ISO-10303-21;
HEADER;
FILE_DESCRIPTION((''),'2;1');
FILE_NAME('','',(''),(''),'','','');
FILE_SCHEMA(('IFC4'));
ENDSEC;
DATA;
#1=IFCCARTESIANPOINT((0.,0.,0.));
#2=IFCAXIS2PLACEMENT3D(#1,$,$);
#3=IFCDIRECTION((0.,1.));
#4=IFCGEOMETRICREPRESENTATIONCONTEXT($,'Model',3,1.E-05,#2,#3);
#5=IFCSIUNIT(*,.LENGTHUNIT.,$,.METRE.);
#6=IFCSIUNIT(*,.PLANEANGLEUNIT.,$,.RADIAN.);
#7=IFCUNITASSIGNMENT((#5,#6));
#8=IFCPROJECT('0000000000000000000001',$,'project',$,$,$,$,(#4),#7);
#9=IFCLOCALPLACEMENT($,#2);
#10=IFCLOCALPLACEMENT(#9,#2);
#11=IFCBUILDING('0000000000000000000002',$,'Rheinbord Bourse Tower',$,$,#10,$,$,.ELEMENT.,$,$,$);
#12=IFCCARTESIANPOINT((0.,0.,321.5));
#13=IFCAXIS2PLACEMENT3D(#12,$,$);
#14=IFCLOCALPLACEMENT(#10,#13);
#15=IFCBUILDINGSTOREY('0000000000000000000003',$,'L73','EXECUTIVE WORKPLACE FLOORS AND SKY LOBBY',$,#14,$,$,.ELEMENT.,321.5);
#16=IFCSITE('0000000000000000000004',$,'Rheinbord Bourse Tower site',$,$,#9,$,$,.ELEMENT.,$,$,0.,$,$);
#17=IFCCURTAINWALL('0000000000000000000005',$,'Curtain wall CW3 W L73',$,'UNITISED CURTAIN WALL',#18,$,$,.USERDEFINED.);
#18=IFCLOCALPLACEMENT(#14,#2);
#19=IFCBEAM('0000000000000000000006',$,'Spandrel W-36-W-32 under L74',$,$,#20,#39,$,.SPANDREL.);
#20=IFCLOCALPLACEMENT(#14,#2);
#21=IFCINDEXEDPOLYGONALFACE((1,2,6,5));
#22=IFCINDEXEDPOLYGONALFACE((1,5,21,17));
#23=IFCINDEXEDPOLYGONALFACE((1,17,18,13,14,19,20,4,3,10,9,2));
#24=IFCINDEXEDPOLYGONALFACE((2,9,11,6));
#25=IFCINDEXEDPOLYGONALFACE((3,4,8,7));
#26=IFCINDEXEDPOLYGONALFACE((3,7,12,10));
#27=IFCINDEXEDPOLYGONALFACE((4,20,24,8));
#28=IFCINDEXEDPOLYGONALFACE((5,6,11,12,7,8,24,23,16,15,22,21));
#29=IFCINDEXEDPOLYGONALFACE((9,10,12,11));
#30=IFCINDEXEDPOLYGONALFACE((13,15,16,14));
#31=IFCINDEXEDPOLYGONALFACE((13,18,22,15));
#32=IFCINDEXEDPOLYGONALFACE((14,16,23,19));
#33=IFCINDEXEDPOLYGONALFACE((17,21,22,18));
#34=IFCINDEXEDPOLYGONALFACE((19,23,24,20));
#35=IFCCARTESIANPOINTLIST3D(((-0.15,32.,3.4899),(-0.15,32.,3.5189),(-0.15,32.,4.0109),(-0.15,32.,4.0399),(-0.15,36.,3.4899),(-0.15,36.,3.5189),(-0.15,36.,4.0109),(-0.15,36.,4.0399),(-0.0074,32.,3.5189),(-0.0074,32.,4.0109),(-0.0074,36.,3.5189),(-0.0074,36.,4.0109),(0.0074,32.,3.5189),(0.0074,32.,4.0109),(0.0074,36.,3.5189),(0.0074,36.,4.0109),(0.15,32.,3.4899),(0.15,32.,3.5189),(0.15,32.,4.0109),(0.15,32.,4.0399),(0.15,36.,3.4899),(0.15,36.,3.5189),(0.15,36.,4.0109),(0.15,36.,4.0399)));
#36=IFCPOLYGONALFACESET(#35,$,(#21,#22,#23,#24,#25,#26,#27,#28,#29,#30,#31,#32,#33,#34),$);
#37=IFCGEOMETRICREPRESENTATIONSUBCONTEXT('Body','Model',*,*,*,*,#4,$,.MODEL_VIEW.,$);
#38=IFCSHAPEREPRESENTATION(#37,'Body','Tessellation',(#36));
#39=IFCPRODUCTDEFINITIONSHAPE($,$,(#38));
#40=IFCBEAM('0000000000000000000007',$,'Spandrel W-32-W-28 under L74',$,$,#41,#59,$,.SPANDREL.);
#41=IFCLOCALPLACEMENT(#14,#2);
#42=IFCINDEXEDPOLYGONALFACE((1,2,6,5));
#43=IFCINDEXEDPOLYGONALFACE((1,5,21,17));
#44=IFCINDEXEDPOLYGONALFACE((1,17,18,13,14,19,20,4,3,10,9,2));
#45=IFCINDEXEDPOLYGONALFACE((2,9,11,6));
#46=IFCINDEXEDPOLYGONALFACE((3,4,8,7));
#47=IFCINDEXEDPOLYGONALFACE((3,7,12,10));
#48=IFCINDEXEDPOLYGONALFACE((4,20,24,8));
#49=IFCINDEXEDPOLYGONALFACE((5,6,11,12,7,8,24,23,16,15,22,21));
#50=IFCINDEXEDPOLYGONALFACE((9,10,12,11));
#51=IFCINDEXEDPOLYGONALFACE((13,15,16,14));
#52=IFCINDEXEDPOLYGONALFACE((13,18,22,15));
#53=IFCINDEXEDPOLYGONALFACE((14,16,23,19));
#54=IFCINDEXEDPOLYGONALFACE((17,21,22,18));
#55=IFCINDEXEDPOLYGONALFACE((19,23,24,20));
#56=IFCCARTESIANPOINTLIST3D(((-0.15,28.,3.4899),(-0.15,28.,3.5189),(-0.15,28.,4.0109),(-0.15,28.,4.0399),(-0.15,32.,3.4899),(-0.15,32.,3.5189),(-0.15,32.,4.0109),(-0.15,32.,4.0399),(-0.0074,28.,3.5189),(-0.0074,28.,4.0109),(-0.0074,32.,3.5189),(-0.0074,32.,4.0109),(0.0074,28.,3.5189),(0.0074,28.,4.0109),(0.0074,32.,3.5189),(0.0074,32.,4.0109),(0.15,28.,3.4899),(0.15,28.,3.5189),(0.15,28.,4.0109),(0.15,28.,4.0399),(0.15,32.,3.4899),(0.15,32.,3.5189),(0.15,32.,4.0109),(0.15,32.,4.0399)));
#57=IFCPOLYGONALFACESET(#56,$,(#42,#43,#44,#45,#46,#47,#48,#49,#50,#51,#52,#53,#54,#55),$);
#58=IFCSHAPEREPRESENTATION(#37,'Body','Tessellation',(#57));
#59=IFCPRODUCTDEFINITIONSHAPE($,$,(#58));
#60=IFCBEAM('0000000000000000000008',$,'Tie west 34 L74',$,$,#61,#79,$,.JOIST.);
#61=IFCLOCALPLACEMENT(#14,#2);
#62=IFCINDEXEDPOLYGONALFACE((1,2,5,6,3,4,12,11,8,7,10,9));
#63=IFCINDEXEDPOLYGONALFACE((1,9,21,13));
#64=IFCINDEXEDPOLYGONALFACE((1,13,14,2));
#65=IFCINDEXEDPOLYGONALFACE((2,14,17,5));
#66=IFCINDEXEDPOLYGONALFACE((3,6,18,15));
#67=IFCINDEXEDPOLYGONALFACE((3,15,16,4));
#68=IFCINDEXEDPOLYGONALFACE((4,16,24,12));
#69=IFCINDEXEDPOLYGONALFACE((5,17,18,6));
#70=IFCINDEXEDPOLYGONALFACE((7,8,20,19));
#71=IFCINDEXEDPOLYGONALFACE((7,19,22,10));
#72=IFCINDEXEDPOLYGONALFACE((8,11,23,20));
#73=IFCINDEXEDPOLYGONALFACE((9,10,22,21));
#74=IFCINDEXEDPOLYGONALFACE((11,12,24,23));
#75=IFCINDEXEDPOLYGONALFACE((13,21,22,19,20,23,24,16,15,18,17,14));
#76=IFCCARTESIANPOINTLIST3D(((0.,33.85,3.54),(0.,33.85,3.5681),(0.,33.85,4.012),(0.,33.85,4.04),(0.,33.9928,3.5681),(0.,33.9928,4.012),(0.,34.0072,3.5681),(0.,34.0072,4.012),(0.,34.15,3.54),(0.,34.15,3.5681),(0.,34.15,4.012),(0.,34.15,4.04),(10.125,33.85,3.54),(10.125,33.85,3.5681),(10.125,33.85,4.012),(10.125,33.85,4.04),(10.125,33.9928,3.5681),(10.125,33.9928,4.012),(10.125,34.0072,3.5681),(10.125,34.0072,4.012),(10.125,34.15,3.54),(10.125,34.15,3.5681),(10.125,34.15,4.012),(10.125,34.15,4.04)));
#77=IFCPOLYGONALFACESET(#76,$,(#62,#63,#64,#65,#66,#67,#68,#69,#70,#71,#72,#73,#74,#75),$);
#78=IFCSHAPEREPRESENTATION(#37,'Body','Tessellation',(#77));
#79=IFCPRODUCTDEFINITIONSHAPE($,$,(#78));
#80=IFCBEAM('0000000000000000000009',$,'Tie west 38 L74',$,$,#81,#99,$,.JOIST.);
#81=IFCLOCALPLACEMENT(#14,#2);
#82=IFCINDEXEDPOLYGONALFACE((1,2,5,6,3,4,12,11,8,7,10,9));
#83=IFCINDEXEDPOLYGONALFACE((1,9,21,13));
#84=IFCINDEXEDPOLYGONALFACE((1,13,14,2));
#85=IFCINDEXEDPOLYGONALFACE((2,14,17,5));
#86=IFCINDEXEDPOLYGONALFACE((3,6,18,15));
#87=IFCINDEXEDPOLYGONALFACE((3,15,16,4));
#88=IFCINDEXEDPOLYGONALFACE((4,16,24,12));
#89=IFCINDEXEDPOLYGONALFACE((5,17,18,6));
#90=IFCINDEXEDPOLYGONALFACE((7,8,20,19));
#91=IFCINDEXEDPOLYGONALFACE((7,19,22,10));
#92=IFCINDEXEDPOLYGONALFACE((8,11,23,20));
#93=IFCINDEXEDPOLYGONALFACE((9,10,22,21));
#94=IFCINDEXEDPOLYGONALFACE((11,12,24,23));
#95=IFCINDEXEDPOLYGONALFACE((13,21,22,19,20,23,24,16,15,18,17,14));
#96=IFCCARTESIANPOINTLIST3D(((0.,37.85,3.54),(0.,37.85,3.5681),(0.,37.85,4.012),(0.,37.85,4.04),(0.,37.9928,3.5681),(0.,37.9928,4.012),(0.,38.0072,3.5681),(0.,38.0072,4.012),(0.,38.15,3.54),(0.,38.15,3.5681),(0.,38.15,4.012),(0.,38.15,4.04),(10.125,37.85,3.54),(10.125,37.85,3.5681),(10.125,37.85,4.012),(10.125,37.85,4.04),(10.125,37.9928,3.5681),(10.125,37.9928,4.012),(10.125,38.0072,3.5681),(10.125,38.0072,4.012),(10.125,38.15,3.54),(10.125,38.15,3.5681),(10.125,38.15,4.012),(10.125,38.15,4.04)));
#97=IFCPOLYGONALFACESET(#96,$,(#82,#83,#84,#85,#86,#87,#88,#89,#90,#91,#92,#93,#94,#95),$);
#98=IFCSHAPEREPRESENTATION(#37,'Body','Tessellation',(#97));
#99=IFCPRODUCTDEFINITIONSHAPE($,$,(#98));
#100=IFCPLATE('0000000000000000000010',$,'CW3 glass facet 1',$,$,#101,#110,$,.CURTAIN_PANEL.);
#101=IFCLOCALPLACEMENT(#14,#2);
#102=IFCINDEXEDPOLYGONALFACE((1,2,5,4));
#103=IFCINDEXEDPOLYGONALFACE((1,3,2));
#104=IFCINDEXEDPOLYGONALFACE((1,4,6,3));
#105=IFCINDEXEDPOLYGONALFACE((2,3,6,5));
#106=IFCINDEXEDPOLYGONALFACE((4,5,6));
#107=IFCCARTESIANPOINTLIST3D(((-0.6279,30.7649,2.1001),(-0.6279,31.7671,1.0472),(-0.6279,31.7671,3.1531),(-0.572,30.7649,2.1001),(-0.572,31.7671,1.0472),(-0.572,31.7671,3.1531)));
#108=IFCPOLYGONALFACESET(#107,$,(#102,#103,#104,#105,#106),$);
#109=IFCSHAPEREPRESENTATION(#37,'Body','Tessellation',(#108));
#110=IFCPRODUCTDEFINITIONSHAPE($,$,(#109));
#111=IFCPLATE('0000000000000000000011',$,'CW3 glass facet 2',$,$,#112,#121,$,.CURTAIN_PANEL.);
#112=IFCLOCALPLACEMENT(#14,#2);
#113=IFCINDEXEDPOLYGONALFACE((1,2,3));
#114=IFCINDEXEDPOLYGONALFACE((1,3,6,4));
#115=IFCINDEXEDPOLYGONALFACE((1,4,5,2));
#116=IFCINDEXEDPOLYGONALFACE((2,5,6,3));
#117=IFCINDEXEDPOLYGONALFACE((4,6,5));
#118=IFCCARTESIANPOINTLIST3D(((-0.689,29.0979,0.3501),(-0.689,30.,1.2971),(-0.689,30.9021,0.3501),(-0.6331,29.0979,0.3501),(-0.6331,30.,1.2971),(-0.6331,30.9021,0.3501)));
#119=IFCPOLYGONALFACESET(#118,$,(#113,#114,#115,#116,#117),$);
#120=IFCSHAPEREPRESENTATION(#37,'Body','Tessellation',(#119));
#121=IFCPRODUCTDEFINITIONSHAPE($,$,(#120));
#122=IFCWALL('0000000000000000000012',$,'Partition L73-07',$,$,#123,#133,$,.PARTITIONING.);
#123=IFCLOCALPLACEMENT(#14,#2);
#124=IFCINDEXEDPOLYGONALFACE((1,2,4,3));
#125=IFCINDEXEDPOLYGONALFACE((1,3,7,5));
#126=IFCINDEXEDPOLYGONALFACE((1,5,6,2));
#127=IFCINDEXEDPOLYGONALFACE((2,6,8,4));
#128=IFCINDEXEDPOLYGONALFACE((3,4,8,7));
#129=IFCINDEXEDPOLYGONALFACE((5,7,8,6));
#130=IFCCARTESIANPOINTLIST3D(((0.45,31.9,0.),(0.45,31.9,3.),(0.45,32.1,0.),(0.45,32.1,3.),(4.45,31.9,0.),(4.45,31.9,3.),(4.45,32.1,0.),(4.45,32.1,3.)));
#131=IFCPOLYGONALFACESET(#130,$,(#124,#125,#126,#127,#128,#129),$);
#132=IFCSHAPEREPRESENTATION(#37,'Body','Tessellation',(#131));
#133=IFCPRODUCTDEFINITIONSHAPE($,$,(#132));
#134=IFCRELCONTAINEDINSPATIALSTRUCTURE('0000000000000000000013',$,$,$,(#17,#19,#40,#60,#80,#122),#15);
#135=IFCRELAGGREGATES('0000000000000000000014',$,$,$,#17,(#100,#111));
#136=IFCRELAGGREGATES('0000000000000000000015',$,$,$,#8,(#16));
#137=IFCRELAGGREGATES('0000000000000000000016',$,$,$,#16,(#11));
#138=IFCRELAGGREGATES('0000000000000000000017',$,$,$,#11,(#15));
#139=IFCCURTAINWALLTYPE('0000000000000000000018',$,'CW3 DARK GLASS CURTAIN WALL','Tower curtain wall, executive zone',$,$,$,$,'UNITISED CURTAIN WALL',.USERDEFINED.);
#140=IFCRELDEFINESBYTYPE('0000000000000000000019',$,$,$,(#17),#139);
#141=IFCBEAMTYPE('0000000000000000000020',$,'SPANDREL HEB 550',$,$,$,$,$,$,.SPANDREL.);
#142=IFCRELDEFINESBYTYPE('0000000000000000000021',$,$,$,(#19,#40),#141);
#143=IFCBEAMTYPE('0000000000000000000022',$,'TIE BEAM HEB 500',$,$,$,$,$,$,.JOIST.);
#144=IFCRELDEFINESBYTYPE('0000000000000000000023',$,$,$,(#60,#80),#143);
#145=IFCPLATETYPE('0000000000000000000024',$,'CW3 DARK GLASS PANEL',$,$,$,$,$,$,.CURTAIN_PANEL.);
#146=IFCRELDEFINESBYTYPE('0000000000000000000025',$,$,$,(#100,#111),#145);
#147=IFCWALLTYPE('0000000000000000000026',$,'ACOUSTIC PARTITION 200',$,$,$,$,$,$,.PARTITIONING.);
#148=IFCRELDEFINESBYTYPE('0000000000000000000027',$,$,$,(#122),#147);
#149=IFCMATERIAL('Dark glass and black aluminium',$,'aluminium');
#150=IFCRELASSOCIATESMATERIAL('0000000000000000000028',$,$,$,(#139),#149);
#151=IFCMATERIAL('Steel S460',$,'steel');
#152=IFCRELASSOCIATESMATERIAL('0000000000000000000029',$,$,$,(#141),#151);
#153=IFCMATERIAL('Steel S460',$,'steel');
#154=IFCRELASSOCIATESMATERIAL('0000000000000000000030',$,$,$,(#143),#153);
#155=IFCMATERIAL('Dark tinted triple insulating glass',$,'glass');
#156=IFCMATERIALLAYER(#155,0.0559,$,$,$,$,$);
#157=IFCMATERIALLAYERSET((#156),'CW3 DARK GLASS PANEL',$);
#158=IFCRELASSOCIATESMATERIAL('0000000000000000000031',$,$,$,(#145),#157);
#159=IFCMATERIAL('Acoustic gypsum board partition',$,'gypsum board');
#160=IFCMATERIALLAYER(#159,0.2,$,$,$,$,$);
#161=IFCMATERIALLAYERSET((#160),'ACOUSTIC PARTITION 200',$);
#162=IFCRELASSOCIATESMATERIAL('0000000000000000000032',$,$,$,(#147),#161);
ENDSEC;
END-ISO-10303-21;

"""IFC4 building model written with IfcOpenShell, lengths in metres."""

from ifc_helpers import new_model, si_unit, direction, frame, frame_2d, origin, origin_2d, place, context, subcontext, project, spatial, polyline, rectangle, i_section, outline, extrude, material, layer, layer_set, material_profile, profile_set, type_object, element, aggregate, save


model = new_model("IFC4")

# Units and contexts
model_context = context("Model", 3, precision=1e-05, world=origin(), true_north=direction((0.0, 1.0)))
body_context = subcontext(model_context, "Body", "Model", "MODEL_VIEW")
ifc_project = project(units=[si_unit("LENGTHUNIT", "METRE"), si_unit("PLANEANGLEUNIT", "RADIAN")], contexts=[model_context])

# Site, building, storey
site_placement = place(None, origin())
site = spatial("IfcSite", under=ifc_project, at=site_placement, Name="Rheinbord Bourse Tower site", CompositionType="ELEMENT", RefElevation=0.0)
building_placement = place(site_placement, origin())
building = spatial("IfcBuilding", under=site, at=building_placement, Name="Rheinbord Bourse Tower", CompositionType="ELEMENT")
storey_placement = place(building_placement, frame((0.0, 0.0, 321.5)))
storey = spatial("IfcBuildingStorey", under=building, at=storey_placement, Name="L73", Description="EXECUTIVE WORKPLACE FLOORS AND SKY LOBBY", CompositionType="ELEMENT", Elevation=321.5)

# Curtain wall
ifc_material_1 = material(Name="Dark glass and black aluminium", Category="aluminium")
curtain_wall_type = type_object("IfcCurtainWallType", Name="CW3 DARK GLASS CURTAIN WALL", Description="Tower curtain wall, executive zone", ElementType="UNITISED CURTAIN WALL", PredefinedType="USERDEFINED", material=ifc_material_1)
curtain_wall_placement = place(storey_placement, origin())
curtain_wall = element("IfcCurtainWall", 1, at=curtain_wall_placement, inside=storey, type_object=curtain_wall_type, Name="Curtain wall CW3 W L73", ObjectType="UNITISED CURTAIN WALL", PredefinedType="USERDEFINED")

# Beams
ifc_material_2 = material(Name="Steel S460", Category="steel")
ifc_material_profile_1 = material_profile(ifc_material_2, i_section(OverallWidth=0.3, OverallDepth=0.55, WebThickness=0.0149, FlangeThickness=0.0291, at=origin_2d()), Name="HEB 550")
ifc_profile_set_1 = profile_set([ifc_material_profile_1], Name="Steel S460")
beam_type_1 = type_object("IfcBeamType", Name="SPANDREL HEB 550", PredefinedType="SPANDREL", material=ifc_profile_set_1)
for number, where, z_axis, x_axis, name in (
    (2, (0.0, 36.0, 3.7649), (0.0, -1.0, 0.0), (1.0, 0.0, 0.0), "Spandrel W-36-W-32 under L74"),
    (3, (0.0, 32.0, 3.7649), (0.0, -1.0, 0.0), (1.0, 0.0, 0.0), "Spandrel W-32-W-28 under L74"),
):
    element("IfcBeam", number, at=place(storey_placement, frame(where, z_axis=z_axis, x_axis=x_axis)), inside=storey, type_object=beam_type_1, Name=name, PredefinedType="SPANDREL", context=body_context, shape_type="SweptSolid", body=[
        extrude(i_section(OverallWidth=0.3, OverallDepth=0.55, WebThickness=0.0149, FlangeThickness=0.0291, at=origin_2d()), origin(), (0.0, 0.0, 1.0), 4.0),
    ])
ifc_material_3 = material(Name="Steel S460", Category="steel")
ifc_material_profile_2 = material_profile(ifc_material_3, i_section(OverallWidth=0.3, OverallDepth=0.5, WebThickness=0.0144, FlangeThickness=0.0281, at=origin_2d()), Name="HEB 500")
ifc_profile_set_2 = profile_set([ifc_material_profile_2], Name="Steel S460")
beam_type_2 = type_object("IfcBeamType", Name="TIE BEAM HEB 500", PredefinedType="JOIST", material=ifc_profile_set_2)
for number, where, z_axis, x_axis, name in (
    (4, (0.0, 34.0, 3.79), (1.0, 0.0, 0.0), (0.0, 1.0, 0.0), "Tie west 34 L74"),
    (5, (0.0, 38.0, 3.79), (1.0, 0.0, 0.0), (0.0, 1.0, 0.0), "Tie west 38 L74"),
):
    element("IfcBeam", number, at=place(storey_placement, frame(where, z_axis=z_axis, x_axis=x_axis)), inside=storey, type_object=beam_type_2, Name=name, PredefinedType="JOIST", context=body_context, shape_type="SweptSolid", body=[
        extrude(i_section(OverallWidth=0.3, OverallDepth=0.5, WebThickness=0.0144, FlangeThickness=0.0281, at=origin_2d()), origin(), (0.0, 0.0, 1.0), 10.125),
    ])

# Plates
ifc_material_4 = material(Name="Dark tinted triple insulating glass", Category="glass")
ifc_layer_1 = layer(ifc_material_4, 0.0559)
ifc_layer_set_1 = layer_set([ifc_layer_1], Name="CW3 DARK GLASS PANEL")
plate_type = type_object("IfcPlateType", Name="CW3 DARK GLASS PANEL", PredefinedType="CURTAIN_PANEL", material=ifc_layer_set_1)
plate_1_placement = place(storey_placement, frame((-0.6279, 31.7671, 3.1531), z_axis=(1.0, 0.0, 0.0), x_axis=(0.0, -0.689424, -0.724358)))
plate_1 = element("IfcPlate", 6, at=plate_1_placement, type_object=plate_type, Name="CW3 glass facet 1", PredefinedType="CURTAIN_PANEL", context=body_context, shape_type="SweptSolid", body=[
    extrude(outline(polyline([(0.0, 0.0), (1.4536, 0.0), (1.5254, 1.4519), (0.0, 0.0)])), origin(), (0.0, 0.0, 1.0), 0.0559),
])
plate_2_placement = place(storey_placement, frame((-0.689, 30.9021, 0.3501), z_axis=(1.0, 0.0, 0.0), x_axis=(0.0, -0.689725, 0.724071)))
plate_2 = element("IfcPlate", 7, at=plate_2_placement, type_object=plate_type, Name="CW3 glass facet 2", PredefinedType="CURTAIN_PANEL", context=body_context, shape_type="SweptSolid", body=[
    extrude(outline(polyline([(0.0, 0.0), (1.3079, 0.0), (1.2444, 1.3064), (0.0, 0.0)])), origin(), (0.0, 0.0, 1.0), 0.0559),
])
aggregate(curtain_wall, [plate_1, plate_2])

# Wall
ifc_material_5 = material(Name="Acoustic gypsum board partition", Category="gypsum board")
ifc_layer_2 = layer(ifc_material_5, 0.2)
ifc_layer_set_2 = layer_set([ifc_layer_2], Name="ACOUSTIC PARTITION 200")
wall_type_1 = type_object("IfcWallType", Name="ACOUSTIC PARTITION 200", PredefinedType="PARTITIONING", material=ifc_layer_set_2)
wall_1_placement = place(storey_placement, frame((0.45, 32.0, 0.0), z_axis=(0.0, 0.0, 1.0), x_axis=(1.0, 0.0, 0.0)))
element("IfcWall", 8, at=wall_1_placement, inside=storey, type_object=wall_type_1, Name="Partition L73-07", PredefinedType="PARTITIONING", context=body_context, shape_type="SweptSolid", body=[
    extrude(rectangle(XDim=4.0, YDim=0.2, at=frame_2d((2.0, 0.0))), origin(), (0.0, 0.0, 1.0), 3.0),
])

save(model, "model.ifc")
